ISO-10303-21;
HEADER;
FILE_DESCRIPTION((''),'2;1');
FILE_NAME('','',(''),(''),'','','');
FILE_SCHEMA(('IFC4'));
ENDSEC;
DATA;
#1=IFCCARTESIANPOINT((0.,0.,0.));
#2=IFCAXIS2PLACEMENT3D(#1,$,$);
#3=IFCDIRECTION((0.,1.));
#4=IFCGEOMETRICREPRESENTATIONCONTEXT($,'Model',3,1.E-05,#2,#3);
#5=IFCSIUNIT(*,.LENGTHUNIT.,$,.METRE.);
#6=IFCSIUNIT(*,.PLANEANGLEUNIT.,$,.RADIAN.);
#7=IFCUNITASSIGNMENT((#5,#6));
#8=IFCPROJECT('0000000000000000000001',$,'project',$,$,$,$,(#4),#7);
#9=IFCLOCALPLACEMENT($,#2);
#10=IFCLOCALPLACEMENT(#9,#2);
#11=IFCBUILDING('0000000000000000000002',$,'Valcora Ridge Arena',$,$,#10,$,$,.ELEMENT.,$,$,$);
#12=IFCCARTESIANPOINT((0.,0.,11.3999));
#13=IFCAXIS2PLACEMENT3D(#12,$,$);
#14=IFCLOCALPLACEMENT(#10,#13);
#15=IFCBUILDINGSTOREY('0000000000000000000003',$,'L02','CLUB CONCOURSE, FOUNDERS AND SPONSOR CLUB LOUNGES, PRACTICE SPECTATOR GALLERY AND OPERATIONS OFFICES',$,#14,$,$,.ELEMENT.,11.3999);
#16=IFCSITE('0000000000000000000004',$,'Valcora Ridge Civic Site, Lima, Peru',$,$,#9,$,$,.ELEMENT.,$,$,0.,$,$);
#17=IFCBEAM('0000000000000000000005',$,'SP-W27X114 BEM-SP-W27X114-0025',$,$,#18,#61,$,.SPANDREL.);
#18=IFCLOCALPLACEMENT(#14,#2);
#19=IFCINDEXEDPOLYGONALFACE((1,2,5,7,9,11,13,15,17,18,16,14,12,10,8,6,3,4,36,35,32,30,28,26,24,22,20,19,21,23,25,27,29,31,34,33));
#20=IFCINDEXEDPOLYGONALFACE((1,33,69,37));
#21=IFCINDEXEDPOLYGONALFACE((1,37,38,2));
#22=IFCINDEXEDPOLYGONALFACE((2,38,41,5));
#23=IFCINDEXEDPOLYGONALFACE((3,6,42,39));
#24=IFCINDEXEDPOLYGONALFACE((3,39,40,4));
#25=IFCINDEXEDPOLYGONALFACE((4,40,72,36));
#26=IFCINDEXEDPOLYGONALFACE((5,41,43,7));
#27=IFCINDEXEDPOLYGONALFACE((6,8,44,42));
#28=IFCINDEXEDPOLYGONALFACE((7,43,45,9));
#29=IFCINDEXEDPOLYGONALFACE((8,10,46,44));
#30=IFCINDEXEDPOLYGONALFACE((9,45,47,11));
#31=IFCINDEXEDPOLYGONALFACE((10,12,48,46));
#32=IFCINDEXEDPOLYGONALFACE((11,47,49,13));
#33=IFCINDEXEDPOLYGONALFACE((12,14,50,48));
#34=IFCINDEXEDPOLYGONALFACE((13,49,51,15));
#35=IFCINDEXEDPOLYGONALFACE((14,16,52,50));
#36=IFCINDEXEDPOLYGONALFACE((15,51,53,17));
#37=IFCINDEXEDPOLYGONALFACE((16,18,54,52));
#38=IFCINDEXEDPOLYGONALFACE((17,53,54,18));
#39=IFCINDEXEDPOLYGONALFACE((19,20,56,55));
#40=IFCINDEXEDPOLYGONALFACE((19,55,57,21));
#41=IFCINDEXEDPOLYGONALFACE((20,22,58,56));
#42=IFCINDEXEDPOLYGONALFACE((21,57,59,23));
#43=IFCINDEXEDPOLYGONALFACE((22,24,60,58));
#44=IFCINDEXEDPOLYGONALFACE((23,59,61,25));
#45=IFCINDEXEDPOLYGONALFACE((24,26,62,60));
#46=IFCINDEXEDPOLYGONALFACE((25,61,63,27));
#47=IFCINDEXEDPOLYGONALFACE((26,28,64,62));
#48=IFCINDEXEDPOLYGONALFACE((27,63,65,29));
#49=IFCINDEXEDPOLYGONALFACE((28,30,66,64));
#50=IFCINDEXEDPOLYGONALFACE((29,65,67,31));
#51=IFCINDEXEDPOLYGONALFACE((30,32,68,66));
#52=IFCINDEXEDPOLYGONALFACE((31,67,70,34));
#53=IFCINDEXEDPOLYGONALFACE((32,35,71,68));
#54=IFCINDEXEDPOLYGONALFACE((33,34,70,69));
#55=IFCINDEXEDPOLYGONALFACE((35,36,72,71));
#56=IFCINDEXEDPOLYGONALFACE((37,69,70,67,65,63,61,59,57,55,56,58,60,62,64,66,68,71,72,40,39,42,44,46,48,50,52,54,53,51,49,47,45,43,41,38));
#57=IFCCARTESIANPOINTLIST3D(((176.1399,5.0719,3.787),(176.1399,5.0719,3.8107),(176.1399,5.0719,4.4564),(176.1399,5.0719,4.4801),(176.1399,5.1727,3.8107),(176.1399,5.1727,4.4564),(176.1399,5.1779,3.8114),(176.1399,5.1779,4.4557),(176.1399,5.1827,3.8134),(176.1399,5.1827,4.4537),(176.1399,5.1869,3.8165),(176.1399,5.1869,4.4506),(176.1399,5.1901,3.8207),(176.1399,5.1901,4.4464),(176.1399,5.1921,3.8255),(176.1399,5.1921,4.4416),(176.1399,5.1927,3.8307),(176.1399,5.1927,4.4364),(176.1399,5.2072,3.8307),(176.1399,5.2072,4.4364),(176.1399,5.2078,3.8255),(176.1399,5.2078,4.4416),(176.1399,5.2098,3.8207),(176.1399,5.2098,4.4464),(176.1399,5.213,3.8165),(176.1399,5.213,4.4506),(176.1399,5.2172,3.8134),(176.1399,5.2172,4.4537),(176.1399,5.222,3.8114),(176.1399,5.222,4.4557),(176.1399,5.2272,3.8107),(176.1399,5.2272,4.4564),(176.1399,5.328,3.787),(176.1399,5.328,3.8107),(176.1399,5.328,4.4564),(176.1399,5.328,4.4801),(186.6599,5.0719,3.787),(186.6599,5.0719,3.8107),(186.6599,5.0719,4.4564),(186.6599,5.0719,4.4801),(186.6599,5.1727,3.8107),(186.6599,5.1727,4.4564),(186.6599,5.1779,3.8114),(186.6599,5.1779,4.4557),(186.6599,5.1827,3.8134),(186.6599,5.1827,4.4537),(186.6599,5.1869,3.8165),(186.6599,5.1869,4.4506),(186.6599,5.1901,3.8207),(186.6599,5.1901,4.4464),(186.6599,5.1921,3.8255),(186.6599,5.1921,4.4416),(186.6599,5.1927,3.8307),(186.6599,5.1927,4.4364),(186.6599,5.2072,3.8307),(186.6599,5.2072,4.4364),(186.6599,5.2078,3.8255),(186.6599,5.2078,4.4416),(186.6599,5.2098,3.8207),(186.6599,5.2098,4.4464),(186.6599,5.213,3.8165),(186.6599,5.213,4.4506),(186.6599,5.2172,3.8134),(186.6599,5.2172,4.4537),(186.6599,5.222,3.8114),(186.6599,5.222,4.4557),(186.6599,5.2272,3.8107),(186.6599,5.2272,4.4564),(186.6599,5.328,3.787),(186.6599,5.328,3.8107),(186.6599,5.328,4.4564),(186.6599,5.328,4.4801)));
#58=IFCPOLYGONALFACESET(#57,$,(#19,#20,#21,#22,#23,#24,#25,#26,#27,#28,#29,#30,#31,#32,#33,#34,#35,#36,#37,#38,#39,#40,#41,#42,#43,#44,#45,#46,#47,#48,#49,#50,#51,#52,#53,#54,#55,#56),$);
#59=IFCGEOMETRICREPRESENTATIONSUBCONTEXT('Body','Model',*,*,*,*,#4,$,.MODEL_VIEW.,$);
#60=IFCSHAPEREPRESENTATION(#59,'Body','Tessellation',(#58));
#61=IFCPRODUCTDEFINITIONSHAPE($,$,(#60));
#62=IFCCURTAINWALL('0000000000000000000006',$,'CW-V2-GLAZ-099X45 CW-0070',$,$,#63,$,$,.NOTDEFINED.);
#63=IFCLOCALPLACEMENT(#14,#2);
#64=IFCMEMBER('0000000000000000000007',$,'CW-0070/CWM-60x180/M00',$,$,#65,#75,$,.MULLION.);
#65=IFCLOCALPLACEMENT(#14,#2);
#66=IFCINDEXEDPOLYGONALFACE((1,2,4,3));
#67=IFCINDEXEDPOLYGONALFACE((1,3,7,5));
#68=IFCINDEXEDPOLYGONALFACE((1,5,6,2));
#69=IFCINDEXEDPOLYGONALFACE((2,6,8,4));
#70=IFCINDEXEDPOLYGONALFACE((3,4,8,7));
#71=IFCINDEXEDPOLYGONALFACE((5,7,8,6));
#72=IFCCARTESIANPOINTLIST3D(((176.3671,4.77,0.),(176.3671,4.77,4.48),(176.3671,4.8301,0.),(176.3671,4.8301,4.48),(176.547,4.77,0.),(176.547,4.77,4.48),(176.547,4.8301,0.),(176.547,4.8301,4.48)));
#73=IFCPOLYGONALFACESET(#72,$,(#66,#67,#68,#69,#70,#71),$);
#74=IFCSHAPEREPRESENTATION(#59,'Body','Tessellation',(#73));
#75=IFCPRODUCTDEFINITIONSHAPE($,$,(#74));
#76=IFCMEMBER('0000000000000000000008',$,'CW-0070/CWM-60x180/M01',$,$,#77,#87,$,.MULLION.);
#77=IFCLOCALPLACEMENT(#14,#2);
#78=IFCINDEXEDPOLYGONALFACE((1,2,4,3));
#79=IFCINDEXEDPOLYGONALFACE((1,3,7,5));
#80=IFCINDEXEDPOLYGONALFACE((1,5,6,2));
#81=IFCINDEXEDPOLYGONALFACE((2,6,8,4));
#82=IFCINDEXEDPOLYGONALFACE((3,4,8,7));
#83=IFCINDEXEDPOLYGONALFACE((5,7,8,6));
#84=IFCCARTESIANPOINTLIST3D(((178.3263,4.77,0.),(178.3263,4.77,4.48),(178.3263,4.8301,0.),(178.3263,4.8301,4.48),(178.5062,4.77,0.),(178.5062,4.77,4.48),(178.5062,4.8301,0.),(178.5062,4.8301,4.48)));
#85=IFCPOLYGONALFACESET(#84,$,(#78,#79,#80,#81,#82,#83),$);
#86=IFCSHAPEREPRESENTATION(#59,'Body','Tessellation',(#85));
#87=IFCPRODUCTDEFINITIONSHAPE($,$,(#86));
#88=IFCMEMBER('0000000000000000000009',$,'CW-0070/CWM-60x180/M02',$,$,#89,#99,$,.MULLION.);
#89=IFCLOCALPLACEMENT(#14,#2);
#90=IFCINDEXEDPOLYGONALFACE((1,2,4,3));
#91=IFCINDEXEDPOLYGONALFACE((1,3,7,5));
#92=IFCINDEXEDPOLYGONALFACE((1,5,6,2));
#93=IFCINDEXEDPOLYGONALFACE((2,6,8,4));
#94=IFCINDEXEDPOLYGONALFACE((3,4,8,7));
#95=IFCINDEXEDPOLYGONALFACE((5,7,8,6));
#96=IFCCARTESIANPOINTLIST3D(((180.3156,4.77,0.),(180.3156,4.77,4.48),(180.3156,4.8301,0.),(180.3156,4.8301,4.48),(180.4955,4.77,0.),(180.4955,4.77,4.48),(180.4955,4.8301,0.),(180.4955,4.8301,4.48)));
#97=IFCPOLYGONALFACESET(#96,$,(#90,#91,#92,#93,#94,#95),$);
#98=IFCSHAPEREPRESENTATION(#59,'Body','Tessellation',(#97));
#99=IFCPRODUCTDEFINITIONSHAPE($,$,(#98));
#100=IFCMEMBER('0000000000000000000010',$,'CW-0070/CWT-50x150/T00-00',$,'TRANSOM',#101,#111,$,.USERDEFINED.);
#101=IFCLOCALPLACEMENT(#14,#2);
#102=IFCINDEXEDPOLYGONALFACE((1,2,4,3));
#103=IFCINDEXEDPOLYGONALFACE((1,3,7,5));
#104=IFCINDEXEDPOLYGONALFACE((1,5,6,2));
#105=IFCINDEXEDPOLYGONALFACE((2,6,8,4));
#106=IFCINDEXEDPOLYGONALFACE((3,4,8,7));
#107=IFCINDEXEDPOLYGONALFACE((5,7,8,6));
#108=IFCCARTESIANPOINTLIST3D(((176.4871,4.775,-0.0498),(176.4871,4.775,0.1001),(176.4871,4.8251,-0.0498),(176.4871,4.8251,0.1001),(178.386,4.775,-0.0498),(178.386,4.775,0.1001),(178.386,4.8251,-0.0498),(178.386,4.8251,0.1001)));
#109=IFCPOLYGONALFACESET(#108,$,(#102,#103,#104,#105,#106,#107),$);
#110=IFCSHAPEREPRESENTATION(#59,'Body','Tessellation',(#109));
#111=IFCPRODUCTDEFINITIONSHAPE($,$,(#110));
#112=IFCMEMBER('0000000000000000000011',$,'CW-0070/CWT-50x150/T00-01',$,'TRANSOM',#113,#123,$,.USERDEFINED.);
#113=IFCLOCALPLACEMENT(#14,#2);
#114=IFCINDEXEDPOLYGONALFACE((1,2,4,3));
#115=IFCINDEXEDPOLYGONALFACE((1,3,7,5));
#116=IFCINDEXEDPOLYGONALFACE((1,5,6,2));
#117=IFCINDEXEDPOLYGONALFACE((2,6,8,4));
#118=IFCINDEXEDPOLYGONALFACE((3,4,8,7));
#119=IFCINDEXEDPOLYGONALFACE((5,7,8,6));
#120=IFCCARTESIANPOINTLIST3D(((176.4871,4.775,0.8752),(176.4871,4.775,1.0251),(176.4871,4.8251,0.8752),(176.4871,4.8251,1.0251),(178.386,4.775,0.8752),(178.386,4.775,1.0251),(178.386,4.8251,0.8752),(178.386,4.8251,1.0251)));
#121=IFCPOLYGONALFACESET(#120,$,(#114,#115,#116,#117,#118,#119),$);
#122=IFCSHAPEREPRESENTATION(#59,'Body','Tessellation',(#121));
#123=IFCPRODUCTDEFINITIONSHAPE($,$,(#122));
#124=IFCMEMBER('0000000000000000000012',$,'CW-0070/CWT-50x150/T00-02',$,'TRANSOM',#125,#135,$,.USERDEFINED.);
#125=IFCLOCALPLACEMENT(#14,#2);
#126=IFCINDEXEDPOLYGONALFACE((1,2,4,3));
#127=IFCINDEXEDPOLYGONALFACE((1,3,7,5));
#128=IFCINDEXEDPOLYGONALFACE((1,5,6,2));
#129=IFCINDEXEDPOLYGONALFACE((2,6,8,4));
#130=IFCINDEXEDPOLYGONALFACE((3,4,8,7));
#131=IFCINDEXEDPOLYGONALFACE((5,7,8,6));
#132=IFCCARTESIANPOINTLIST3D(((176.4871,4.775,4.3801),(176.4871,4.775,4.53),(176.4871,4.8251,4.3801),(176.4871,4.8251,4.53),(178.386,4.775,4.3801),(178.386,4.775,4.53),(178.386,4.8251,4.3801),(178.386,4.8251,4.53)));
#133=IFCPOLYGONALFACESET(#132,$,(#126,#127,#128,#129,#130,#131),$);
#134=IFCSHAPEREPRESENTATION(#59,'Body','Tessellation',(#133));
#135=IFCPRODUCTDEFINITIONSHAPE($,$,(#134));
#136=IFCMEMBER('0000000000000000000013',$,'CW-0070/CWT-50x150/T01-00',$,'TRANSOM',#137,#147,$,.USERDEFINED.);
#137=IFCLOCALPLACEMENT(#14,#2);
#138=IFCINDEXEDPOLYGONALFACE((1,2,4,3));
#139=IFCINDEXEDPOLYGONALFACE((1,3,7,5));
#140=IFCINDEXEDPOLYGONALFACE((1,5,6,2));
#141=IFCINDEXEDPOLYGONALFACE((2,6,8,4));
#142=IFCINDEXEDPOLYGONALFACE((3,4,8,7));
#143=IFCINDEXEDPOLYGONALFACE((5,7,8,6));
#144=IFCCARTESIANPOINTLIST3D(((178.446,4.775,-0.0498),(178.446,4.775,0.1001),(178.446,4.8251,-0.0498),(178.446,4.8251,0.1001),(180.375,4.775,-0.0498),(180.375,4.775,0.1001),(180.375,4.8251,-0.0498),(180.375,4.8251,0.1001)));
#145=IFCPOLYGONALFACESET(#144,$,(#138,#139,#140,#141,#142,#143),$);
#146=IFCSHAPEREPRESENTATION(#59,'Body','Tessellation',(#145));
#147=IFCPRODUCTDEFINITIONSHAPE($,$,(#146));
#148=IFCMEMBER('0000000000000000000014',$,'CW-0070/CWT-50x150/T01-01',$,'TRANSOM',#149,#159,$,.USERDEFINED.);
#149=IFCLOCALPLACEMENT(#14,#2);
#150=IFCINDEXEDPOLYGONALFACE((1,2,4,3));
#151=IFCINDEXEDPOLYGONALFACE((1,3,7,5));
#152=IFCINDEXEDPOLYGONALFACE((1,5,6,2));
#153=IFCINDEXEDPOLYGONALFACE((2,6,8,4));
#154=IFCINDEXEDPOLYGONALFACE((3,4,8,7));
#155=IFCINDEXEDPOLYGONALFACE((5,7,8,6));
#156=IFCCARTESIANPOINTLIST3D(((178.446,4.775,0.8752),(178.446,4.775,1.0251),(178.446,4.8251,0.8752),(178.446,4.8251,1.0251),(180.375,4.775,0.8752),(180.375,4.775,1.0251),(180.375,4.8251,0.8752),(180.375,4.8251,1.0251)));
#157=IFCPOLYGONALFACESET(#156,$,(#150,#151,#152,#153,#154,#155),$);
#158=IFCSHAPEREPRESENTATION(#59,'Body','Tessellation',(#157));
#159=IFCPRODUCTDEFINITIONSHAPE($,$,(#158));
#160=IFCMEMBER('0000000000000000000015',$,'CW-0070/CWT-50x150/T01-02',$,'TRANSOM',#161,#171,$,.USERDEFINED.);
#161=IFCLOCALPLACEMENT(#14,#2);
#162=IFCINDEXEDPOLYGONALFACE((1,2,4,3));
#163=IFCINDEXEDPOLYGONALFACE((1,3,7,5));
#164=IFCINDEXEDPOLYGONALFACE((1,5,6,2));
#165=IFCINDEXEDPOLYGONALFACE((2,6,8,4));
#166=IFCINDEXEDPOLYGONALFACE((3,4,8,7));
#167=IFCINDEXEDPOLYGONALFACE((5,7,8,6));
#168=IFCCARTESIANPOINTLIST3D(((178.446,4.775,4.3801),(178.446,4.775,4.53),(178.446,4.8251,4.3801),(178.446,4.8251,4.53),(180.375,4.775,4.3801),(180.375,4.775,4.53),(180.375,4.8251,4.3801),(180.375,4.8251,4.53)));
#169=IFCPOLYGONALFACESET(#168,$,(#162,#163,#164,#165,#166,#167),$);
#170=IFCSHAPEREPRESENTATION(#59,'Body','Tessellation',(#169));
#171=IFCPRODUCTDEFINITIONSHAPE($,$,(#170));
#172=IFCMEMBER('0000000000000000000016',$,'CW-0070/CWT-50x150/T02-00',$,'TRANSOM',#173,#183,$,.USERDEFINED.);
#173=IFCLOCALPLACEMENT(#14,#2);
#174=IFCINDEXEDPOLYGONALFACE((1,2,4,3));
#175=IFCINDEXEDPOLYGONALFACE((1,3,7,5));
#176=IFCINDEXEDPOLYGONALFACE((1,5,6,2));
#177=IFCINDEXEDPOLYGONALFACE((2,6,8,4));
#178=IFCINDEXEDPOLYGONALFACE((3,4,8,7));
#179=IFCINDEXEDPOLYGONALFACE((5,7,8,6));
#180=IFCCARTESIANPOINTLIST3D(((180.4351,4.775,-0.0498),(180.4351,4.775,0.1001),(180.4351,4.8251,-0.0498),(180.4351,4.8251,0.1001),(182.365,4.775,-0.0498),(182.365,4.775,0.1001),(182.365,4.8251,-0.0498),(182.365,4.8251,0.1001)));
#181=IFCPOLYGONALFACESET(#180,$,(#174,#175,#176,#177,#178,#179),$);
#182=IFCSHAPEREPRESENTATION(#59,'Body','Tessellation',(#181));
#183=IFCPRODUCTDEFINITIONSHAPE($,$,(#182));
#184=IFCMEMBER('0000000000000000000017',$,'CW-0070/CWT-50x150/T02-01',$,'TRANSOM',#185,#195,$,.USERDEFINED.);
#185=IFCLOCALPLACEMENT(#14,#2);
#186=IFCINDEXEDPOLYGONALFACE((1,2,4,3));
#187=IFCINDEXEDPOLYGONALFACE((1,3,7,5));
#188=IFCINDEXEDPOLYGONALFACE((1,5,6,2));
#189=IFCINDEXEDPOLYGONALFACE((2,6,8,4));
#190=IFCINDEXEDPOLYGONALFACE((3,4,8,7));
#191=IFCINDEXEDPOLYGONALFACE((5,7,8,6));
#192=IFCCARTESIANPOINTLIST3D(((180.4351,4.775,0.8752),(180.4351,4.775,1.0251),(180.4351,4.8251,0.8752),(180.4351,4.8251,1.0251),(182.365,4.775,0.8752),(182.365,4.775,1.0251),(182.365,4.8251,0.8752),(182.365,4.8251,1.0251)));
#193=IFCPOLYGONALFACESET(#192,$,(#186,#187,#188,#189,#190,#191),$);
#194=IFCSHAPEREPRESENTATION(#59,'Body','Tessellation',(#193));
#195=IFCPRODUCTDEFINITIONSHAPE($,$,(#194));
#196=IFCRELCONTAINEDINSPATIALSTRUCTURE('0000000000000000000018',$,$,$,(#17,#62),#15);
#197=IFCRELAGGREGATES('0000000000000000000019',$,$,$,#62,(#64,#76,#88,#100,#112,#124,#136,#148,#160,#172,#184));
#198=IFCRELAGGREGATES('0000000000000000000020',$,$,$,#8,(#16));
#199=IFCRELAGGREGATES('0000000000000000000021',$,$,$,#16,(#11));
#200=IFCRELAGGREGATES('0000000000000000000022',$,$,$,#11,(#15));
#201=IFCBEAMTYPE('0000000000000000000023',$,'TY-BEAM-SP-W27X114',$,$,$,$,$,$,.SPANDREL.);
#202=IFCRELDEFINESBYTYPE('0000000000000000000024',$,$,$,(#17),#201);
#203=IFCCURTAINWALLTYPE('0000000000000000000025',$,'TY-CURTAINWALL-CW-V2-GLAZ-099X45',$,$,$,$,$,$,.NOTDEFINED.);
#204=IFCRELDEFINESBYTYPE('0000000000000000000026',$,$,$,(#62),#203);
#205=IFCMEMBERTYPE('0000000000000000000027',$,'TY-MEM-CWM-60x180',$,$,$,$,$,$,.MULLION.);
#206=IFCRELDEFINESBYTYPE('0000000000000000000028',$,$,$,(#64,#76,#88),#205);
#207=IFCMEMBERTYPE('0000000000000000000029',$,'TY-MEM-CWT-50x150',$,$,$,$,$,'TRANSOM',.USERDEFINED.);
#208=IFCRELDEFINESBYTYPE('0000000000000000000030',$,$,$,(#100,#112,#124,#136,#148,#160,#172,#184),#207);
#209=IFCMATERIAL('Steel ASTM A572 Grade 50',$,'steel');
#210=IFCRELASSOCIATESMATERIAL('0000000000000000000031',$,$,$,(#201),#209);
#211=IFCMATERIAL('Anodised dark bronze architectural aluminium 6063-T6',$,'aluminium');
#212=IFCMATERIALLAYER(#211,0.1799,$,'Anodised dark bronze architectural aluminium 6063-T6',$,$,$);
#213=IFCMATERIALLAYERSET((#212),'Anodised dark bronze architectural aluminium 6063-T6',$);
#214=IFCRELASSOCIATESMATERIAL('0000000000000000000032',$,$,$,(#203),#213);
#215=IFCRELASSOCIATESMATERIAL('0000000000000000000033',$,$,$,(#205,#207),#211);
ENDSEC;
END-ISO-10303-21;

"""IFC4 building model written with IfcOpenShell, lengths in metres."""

from ifc_helpers import new_model, si_unit, direction, frame, origin, origin_2d, place, context, subcontext, project, spatial, rectangle, i_section, extrude, material, layer, layer_set, material_profile, profile_set, type_object, element, aggregate, save


model = new_model("IFC4")

# Units and contexts
model_context = context("Model", 3, precision=1e-05, world=origin(), true_north=direction((0.0, 1.0)))
body_context = subcontext(model_context, "Body", "Model", "MODEL_VIEW")
ifc_project = project(units=[si_unit("LENGTHUNIT", "METRE"), si_unit("PLANEANGLEUNIT", "RADIAN")], contexts=[model_context])

# Site, building, storey
site_placement = place(None, origin())
site = spatial("IfcSite", under=ifc_project, at=site_placement, Name="Valcora Ridge Civic Site, Lima, Peru", CompositionType="ELEMENT", RefElevation=0.0)
building_placement = place(site_placement, origin())
building = spatial("IfcBuilding", under=site, at=building_placement, Name="Valcora Ridge Arena", CompositionType="ELEMENT")
storey_placement = place(building_placement, frame((0.0, 0.0, 11.3999)))
storey = spatial("IfcBuildingStorey", under=building, at=storey_placement, Name="L02", Description="CLUB CONCOURSE, FOUNDERS AND SPONSOR CLUB LOUNGES, PRACTICE SPECTATOR GALLERY AND OPERATIONS OFFICES", CompositionType="ELEMENT", Elevation=11.3999)

# Beam
ifc_material_1 = material(Name="Steel ASTM A572 Grade 50", Category="steel")
ifc_material_profile_1 = material_profile(ifc_material_1, i_section(OverallWidth=0.2561, OverallDepth=0.6931, WebThickness=0.0144, FlangeThickness=0.0237, FilletRadius=0.02, at=origin_2d()), Name="W27X114")
ifc_profile_set_1 = profile_set([ifc_material_profile_1], Name="Steel ASTM A572 Grade 50")
beam_type = type_object("IfcBeamType", Name="TY-BEAM-SP-W27X114", PredefinedType="SPANDREL", material=ifc_profile_set_1)
beam_placement = place(storey_placement, frame((176.1399, 5.2, 4.1335), z_axis=(1.0, 0.0, 0.0), x_axis=(0.0, 1.0, 0.0)))
element("IfcBeam", 1, at=beam_placement, inside=storey, type_object=beam_type, Name="SP-W27X114 BEM-SP-W27X114-0025", PredefinedType="SPANDREL", context=body_context, shape_type="SweptSolid", body=[
    extrude(i_section(OverallWidth=0.2561, OverallDepth=0.6931, WebThickness=0.0144, FlangeThickness=0.0237, FilletRadius=0.02, at=origin_2d()), origin(), (0.0, 0.0, 1.0), 10.52),
])

# Curtain wall, members
ifc_material_2 = material(Name="Anodised dark bronze architectural aluminium 6063-T6", Category="aluminium")
ifc_layer_1 = layer(ifc_material_2, 0.1799, Name="Anodised dark bronze architectural aluminium 6063-T6")
ifc_layer_set_1 = layer_set([ifc_layer_1], Name="Anodised dark bronze architectural aluminium 6063-T6")
curtain_wall_type = type_object("IfcCurtainWallType", Name="TY-CURTAINWALL-CW-V2-GLAZ-099X45", PredefinedType="NOTDEFINED", material=ifc_layer_set_1)
curtain_wall_placement = place(storey_placement, origin())
curtain_wall = element("IfcCurtainWall", 2, at=curtain_wall_placement, inside=storey, type_object=curtain_wall_type, Name="CW-V2-GLAZ-099X45 CW-0070", PredefinedType="NOTDEFINED")
ifc_material_profile_2 = material_profile(ifc_material_2, rectangle(XDim=0.0601, YDim=0.1799, at=origin_2d()), Name="ALU MULLION 60x180")
ifc_profile_set_2 = profile_set([ifc_material_profile_2], Name="Anodised dark bronze architectural aluminium 6063-T6")
member_type_1 = type_object("IfcMemberType", Name="TY-MEM-CWM-60x180", PredefinedType="MULLION", material=ifc_profile_set_2)
member_1_placement = place(storey_placement, frame((176.457, 4.8, 0.0), z_axis=(0.0, 0.0, 1.0), x_axis=(0.0, 1.0, 0.0)))
member_1 = element("IfcMember", 3, at=member_1_placement, type_object=member_type_1, Name="CW-0070/CWM-60x180/M00", PredefinedType="MULLION", context=body_context, shape_type="SweptSolid", body=[
    extrude(rectangle(XDim=0.0601, YDim=0.1799, at=origin_2d()), origin(), (0.0, 0.0, 1.0), 4.48),
])
member_2_placement = place(storey_placement, frame((178.4163, 4.8, 0.0), z_axis=(0.0, 0.0, 1.0), x_axis=(0.0, 1.0, 0.0)))
member_2 = element("IfcMember", 4, at=member_2_placement, type_object=member_type_1, Name="CW-0070/CWM-60x180/M01", PredefinedType="MULLION", context=body_context, shape_type="SweptSolid", body=[
    extrude(rectangle(XDim=0.0601, YDim=0.1799, at=origin_2d()), origin(), (0.0, 0.0, 1.0), 4.48),
])
member_3_placement = place(storey_placement, frame((180.4055, 4.8, 0.0), z_axis=(0.0, 0.0, 1.0), x_axis=(0.0, 1.0, 0.0)))
member_3 = element("IfcMember", 5, at=member_3_placement, type_object=member_type_1, Name="CW-0070/CWM-60x180/M02", PredefinedType="MULLION", context=body_context, shape_type="SweptSolid", body=[
    extrude(rectangle(XDim=0.0601, YDim=0.1799, at=origin_2d()), origin(), (0.0, 0.0, 1.0), 4.48),
])
ifc_material_profile_3 = material_profile(ifc_material_2, rectangle(XDim=0.05, YDim=0.1499, at=origin_2d()), Name="ALU TRANSOM 50x150")
ifc_profile_set_3 = profile_set([ifc_material_profile_3], Name="Anodised dark bronze architectural aluminium 6063-T6")
member_type_2 = type_object("IfcMemberType", Name="TY-MEM-CWT-50x150", ElementType="TRANSOM", PredefinedType="USERDEFINED", material=ifc_profile_set_3)
member_4_placement = place(storey_placement, frame((176.4871, 4.8, 0.0251), z_axis=(1.0, 0.0, 0.0), x_axis=(0.0, 1.0, 0.0)))
member_4 = element("IfcMember", 6, at=member_4_placement, type_object=member_type_2, Name="CW-0070/CWT-50x150/T00-00", ObjectType="TRANSOM", PredefinedType="USERDEFINED", context=body_context, shape_type="SweptSolid", body=[
    extrude(rectangle(XDim=0.05, YDim=0.1499, at=origin_2d()), origin(), (0.0, 0.0, 1.0), 1.8989),
])
member_5_placement = place(storey_placement, frame((176.4871, 4.8, 0.9502), z_axis=(1.0, 0.0, 0.0), x_axis=(0.0, 1.0, 0.0)))
member_5 = element("IfcMember", 7, at=member_5_placement, type_object=member_type_2, Name="CW-0070/CWT-50x150/T00-01", ObjectType="TRANSOM", PredefinedType="USERDEFINED", context=body_context, shape_type="SweptSolid", body=[
    extrude(rectangle(XDim=0.05, YDim=0.1499, at=origin_2d()), origin(), (0.0, 0.0, 1.0), 1.8989),
])
member_6_placement = place(storey_placement, frame((176.4871, 4.8, 4.4551), z_axis=(1.0, 0.0, 0.0), x_axis=(0.0, 1.0, 0.0)))
member_6 = element("IfcMember", 8, at=member_6_placement, type_object=member_type_2, Name="CW-0070/CWT-50x150/T00-02", ObjectType="TRANSOM", PredefinedType="USERDEFINED", context=body_context, shape_type="SweptSolid", body=[
    extrude(rectangle(XDim=0.05, YDim=0.1499, at=origin_2d()), origin(), (0.0, 0.0, 1.0), 1.8989),
])
member_7_placement = place(storey_placement, frame((178.446, 4.8, 0.0251), z_axis=(1.0, 0.0, 0.0), x_axis=(0.0, 1.0, 0.0)))
member_7 = element("IfcMember", 9, at=member_7_placement, type_object=member_type_2, Name="CW-0070/CWT-50x150/T01-00", ObjectType="TRANSOM", PredefinedType="USERDEFINED", context=body_context, shape_type="SweptSolid", body=[
    extrude(rectangle(XDim=0.05, YDim=0.1499, at=origin_2d()), origin(), (0.0, 0.0, 1.0), 1.929),
])
member_8_placement = place(storey_placement, frame((178.446, 4.8, 0.9502), z_axis=(1.0, 0.0, 0.0), x_axis=(0.0, 1.0, 0.0)))
member_8 = element("IfcMember", 10, at=member_8_placement, type_object=member_type_2, Name="CW-0070/CWT-50x150/T01-01", ObjectType="TRANSOM", PredefinedType="USERDEFINED", context=body_context, shape_type="SweptSolid", body=[
    extrude(rectangle(XDim=0.05, YDim=0.1499, at=origin_2d()), origin(), (0.0, 0.0, 1.0), 1.929),
])
member_9_placement = place(storey_placement, frame((178.446, 4.8, 4.4551), z_axis=(1.0, 0.0, 0.0), x_axis=(0.0, 1.0, 0.0)))
member_9 = element("IfcMember", 11, at=member_9_placement, type_object=member_type_2, Name="CW-0070/CWT-50x150/T01-02", ObjectType="TRANSOM", PredefinedType="USERDEFINED", context=body_context, shape_type="SweptSolid", body=[
    extrude(rectangle(XDim=0.05, YDim=0.1499, at=origin_2d()), origin(), (0.0, 0.0, 1.0), 1.929),
])
member_10_placement = place(storey_placement, frame((180.4351, 4.8, 0.0251), z_axis=(1.0, 0.0, 0.0), x_axis=(0.0, 1.0, 0.0)))
member_10 = element("IfcMember", 12, at=member_10_placement, type_object=member_type_2, Name="CW-0070/CWT-50x150/T02-00", ObjectType="TRANSOM", PredefinedType="USERDEFINED", context=body_context, shape_type="SweptSolid", body=[
    extrude(rectangle(XDim=0.05, YDim=0.1499, at=origin_2d()), origin(), (0.0, 0.0, 1.0), 1.9299),
])
member_11_placement = place(storey_placement, frame((180.4351, 4.8, 0.9502), z_axis=(1.0, 0.0, 0.0), x_axis=(0.0, 1.0, 0.0)))
member_11 = element("IfcMember", 13, at=member_11_placement, type_object=member_type_2, Name="CW-0070/CWT-50x150/T02-01", ObjectType="TRANSOM", PredefinedType="USERDEFINED", context=body_context, shape_type="SweptSolid", body=[
    extrude(rectangle(XDim=0.05, YDim=0.1499, at=origin_2d()), origin(), (0.0, 0.0, 1.0), 1.9299),
])
aggregate(curtain_wall, [member_1, member_2, member_3, member_4, member_5, member_6, member_7, member_8, member_9, member_10, member_11])

save(model, "model.ifc")
